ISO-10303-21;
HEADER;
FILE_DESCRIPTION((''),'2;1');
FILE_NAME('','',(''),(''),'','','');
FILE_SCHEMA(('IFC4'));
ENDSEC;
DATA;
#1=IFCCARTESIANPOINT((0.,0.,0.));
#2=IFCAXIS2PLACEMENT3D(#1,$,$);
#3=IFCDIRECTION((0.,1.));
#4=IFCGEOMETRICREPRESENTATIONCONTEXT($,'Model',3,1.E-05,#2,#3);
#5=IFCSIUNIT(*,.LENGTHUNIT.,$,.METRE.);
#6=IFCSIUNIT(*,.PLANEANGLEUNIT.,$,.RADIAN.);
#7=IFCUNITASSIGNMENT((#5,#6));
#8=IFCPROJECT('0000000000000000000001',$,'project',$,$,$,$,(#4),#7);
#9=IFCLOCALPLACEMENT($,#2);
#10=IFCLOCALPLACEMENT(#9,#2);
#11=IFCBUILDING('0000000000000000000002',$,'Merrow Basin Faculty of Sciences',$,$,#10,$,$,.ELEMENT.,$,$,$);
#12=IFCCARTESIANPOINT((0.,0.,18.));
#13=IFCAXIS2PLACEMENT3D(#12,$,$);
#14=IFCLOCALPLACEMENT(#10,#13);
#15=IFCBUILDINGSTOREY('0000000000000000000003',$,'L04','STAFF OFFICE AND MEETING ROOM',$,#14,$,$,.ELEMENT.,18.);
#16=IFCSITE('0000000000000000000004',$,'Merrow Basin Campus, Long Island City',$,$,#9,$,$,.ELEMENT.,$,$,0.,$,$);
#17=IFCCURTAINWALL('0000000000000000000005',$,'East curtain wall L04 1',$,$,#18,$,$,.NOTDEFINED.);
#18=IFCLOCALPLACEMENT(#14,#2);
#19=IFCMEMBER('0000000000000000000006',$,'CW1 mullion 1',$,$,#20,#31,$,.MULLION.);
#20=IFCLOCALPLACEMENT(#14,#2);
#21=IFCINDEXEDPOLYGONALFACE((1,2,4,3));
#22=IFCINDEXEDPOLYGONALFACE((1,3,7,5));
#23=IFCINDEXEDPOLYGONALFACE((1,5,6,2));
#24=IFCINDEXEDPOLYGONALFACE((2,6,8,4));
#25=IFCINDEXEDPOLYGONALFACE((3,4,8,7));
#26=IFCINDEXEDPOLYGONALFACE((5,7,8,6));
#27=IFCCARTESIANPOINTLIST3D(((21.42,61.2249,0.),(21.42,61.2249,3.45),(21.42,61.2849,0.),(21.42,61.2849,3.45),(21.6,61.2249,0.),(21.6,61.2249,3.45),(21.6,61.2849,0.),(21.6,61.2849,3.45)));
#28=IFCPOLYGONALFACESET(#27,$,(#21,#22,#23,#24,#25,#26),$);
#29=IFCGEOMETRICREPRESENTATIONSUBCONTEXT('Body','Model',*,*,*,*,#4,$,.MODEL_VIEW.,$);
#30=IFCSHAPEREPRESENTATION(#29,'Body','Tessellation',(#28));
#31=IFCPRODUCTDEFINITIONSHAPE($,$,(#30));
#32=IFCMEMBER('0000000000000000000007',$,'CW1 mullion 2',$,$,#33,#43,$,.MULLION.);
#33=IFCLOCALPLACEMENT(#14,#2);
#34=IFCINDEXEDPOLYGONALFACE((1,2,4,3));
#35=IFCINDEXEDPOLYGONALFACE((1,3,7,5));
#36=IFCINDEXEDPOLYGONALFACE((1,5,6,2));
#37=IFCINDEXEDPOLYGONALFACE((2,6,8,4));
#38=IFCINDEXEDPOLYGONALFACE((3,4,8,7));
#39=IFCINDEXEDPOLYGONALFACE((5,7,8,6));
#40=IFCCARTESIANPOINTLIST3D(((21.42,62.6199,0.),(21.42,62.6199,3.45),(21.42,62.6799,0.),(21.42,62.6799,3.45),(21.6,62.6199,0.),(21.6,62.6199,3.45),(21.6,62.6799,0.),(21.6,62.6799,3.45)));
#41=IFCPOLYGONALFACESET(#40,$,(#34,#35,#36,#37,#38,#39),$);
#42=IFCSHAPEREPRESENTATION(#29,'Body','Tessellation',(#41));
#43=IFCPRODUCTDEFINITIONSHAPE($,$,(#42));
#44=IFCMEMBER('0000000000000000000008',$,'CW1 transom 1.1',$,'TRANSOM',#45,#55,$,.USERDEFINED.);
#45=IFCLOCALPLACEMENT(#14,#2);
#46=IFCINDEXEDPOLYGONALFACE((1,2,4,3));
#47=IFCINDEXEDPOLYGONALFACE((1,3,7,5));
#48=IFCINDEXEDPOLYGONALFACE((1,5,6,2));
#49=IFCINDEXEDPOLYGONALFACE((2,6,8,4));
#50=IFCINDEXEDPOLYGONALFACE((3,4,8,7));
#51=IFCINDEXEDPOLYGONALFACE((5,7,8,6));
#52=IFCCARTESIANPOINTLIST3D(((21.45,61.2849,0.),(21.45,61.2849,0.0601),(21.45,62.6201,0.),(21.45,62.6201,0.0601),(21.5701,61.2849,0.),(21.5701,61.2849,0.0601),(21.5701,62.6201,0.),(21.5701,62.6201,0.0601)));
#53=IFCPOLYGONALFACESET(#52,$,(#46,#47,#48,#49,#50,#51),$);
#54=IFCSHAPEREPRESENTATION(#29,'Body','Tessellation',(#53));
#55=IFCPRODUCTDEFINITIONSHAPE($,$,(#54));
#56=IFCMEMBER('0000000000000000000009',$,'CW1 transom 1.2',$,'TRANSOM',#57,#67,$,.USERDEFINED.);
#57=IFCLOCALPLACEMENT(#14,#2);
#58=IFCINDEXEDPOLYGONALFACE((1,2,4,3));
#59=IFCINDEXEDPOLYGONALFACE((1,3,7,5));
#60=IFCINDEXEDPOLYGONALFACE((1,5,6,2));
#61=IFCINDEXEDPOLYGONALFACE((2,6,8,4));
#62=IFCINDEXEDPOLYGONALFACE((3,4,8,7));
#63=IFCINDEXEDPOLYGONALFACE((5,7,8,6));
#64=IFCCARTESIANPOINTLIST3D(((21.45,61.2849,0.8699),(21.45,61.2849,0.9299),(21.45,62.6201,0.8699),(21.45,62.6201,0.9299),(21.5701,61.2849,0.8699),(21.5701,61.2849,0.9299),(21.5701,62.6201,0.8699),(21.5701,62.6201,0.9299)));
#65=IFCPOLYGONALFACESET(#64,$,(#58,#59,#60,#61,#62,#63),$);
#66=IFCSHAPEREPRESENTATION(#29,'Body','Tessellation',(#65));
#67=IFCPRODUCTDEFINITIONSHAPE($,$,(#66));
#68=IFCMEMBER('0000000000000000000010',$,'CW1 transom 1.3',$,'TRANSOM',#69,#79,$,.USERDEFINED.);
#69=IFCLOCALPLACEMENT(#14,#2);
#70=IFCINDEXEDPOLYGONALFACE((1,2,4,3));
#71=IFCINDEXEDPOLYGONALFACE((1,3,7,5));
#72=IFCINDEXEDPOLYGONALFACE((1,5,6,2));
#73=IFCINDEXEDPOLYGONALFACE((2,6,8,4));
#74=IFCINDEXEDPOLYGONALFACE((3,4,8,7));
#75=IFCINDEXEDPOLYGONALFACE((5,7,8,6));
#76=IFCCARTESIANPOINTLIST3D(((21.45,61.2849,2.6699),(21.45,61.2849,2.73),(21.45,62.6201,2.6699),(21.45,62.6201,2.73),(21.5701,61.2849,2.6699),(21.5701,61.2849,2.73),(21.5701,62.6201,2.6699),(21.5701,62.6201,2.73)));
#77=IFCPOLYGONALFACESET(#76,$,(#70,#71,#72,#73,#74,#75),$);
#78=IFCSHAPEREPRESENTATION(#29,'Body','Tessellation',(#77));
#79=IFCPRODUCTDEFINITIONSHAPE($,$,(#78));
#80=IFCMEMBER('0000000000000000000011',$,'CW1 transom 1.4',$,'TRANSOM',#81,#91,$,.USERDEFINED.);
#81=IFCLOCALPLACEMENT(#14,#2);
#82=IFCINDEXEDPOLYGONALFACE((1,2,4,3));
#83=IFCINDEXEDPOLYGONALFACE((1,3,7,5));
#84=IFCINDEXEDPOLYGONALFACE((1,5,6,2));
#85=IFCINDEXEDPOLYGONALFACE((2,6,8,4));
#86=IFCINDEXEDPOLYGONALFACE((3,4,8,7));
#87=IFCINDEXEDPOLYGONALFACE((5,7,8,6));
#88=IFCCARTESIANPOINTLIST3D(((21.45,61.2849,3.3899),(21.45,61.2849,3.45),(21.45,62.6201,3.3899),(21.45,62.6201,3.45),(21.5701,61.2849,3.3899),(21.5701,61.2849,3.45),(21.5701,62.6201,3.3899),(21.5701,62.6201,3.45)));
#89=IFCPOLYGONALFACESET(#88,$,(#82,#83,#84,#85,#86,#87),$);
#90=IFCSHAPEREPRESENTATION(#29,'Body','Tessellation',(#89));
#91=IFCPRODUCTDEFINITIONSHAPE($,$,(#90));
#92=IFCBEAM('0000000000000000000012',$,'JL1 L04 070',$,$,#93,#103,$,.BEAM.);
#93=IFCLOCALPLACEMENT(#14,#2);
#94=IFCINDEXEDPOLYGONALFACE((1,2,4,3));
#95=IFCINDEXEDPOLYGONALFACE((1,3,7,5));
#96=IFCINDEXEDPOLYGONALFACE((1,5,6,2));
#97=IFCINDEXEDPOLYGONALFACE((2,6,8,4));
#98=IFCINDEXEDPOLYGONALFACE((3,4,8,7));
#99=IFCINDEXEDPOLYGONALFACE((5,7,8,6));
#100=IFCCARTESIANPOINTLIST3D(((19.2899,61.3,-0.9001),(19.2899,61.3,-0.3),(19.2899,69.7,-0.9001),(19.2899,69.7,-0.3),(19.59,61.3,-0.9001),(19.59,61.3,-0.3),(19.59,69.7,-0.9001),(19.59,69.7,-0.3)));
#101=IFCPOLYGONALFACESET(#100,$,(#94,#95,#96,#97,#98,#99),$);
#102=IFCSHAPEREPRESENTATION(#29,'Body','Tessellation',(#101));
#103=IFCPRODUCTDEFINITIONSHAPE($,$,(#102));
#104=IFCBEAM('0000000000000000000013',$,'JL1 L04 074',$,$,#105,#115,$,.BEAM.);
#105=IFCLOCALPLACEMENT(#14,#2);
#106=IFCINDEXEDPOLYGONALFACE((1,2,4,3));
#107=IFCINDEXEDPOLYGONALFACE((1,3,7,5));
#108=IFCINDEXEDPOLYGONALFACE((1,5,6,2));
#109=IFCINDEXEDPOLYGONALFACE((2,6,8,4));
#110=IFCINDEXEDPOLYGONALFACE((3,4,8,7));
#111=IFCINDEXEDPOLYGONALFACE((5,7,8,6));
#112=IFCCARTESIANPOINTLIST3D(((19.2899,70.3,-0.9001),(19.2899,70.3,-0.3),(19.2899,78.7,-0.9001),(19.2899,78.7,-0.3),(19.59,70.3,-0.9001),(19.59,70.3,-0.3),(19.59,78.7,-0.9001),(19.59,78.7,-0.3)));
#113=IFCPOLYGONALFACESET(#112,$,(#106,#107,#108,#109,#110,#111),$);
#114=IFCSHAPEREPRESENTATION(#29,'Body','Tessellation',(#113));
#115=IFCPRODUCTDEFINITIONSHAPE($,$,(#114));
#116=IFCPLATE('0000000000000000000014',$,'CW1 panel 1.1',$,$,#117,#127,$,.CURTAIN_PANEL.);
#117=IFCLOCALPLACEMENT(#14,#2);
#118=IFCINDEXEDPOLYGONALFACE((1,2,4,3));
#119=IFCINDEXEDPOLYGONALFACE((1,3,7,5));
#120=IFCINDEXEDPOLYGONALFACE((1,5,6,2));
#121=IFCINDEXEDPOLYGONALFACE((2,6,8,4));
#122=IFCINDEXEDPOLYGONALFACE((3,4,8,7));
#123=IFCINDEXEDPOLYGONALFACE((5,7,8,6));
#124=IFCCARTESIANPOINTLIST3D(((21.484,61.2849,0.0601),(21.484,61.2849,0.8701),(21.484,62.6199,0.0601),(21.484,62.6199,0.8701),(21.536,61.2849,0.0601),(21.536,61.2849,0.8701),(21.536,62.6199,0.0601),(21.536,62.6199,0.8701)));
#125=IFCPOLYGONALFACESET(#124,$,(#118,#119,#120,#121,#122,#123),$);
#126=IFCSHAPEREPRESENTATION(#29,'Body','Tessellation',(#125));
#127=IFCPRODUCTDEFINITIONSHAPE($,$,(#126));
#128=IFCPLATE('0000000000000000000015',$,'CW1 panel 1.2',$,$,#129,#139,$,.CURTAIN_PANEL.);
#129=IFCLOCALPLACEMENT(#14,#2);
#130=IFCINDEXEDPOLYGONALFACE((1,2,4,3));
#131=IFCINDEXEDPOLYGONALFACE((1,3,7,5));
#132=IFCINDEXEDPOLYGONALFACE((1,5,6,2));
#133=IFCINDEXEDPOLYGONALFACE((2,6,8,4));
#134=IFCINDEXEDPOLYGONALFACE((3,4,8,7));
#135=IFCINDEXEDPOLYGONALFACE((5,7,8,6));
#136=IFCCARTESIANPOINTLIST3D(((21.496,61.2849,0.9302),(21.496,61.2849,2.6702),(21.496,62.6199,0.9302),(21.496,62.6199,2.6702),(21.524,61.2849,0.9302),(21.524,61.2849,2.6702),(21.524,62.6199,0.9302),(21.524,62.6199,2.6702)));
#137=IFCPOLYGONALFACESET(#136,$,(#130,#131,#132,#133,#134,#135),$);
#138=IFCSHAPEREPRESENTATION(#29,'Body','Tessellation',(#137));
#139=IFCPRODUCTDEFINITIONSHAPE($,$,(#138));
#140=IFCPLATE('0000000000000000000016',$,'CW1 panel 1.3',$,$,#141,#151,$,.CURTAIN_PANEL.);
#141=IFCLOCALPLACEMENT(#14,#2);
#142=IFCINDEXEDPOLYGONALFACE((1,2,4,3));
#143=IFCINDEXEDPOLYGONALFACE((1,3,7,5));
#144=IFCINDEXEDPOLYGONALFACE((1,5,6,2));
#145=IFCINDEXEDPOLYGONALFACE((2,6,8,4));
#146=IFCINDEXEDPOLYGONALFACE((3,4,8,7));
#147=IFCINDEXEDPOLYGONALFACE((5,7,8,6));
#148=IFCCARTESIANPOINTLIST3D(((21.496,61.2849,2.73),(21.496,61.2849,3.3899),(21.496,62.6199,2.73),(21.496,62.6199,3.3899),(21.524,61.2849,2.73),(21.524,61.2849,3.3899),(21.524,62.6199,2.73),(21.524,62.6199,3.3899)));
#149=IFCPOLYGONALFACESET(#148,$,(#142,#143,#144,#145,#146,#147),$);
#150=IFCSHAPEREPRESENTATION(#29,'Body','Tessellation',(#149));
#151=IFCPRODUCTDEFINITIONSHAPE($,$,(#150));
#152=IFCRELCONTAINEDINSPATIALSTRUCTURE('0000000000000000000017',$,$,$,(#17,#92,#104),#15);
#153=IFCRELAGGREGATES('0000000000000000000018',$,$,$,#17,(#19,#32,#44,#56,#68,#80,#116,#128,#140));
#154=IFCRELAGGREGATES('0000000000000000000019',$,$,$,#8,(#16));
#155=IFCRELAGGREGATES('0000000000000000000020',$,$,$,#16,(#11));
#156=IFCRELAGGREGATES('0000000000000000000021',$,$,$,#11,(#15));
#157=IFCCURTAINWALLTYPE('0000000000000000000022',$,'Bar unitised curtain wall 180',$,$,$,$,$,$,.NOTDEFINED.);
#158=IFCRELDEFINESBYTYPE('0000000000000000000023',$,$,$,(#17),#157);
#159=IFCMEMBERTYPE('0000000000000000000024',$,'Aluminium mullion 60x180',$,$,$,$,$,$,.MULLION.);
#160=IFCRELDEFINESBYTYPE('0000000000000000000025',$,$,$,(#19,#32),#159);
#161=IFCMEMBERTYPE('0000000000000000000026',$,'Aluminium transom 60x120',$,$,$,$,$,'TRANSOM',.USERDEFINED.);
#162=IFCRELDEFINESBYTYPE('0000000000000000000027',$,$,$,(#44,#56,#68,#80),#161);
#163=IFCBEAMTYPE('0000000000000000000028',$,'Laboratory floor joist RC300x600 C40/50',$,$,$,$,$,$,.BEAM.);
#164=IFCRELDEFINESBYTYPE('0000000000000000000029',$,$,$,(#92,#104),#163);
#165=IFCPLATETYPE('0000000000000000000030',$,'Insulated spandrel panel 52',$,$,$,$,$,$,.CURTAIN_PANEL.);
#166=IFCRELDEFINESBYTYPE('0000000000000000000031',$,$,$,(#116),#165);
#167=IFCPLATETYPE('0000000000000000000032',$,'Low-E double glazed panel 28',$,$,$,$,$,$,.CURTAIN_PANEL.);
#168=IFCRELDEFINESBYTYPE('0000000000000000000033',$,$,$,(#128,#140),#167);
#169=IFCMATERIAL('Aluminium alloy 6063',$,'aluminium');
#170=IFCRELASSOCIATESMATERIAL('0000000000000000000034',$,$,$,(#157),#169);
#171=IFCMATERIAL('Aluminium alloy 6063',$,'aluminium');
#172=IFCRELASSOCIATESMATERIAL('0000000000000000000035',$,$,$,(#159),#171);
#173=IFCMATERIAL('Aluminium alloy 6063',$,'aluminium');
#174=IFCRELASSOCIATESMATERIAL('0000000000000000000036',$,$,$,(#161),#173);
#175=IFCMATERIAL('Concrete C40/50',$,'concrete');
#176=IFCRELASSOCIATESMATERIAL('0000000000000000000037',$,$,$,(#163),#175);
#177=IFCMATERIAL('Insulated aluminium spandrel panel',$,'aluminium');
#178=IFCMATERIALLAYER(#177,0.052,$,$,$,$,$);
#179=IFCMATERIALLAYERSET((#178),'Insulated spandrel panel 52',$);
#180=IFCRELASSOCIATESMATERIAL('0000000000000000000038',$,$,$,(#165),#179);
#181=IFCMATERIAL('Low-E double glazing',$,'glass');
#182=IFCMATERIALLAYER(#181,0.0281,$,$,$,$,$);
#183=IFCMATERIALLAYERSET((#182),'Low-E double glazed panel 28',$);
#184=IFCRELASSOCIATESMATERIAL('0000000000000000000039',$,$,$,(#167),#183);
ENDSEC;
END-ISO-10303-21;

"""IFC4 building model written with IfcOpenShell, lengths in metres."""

from ifc_helpers import new_model, si_unit, direction, frame, origin, origin_2d, place, context, subcontext, project, spatial, rectangle, extrude, material, layer, layer_set, material_profile, profile_set, type_object, element, aggregate, save


model = new_model("IFC4")

# Units and contexts
model_context = context("Model", 3, precision=1e-05, world=origin(), true_north=direction((0.0, 1.0)))
body_context = subcontext(model_context, "Body", "Model", "MODEL_VIEW")
ifc_project = project(units=[si_unit("LENGTHUNIT", "METRE"), si_unit("PLANEANGLEUNIT", "RADIAN")], contexts=[model_context])

# Site, building, storey
site_placement = place(None, origin())
site = spatial("IfcSite", under=ifc_project, at=site_placement, Name="Merrow Basin Campus, Long Island City", CompositionType="ELEMENT", RefElevation=0.0)
building_placement = place(site_placement, origin())
building = spatial("IfcBuilding", under=site, at=building_placement, Name="Merrow Basin Faculty of Sciences", CompositionType="ELEMENT")
storey_placement = place(building_placement, frame((0.0, 0.0, 18.0)))
storey = spatial("IfcBuildingStorey", under=building, at=storey_placement, Name="L04", Description="STAFF OFFICE AND MEETING ROOM", CompositionType="ELEMENT", Elevation=18.0)

# Curtain wall, members
ifc_material_1 = material(Name="Aluminium alloy 6063", Category="aluminium")
curtain_wall_type = type_object("IfcCurtainWallType", Name="Bar unitised curtain wall 180", PredefinedType="NOTDEFINED", material=ifc_material_1)
curtain_wall_placement = place(storey_placement, origin())
curtain_wall = element("IfcCurtainWall", 1, at=curtain_wall_placement, inside=storey, type_object=curtain_wall_type, Name="East curtain wall L04 1", PredefinedType="NOTDEFINED")
ifc_material_2 = material(Name="Aluminium alloy 6063", Category="aluminium")
ifc_material_profile_1 = material_profile(ifc_material_2, rectangle(XDim=0.1799, YDim=0.0601, at=origin_2d()))
ifc_profile_set_1 = profile_set([ifc_material_profile_1], Name="Aluminium alloy 6063")
member_type_1 = type_object("IfcMemberType", Name="Aluminium mullion 60x180", PredefinedType="MULLION", material=ifc_profile_set_1)
member_1_placement = place(storey_placement, frame((21.51, 61.2549, 0.0), z_axis=(0.0, 0.0, 1.0), x_axis=(-1.0, 0.0, 0.0)))
member_1 = element("IfcMember", 2, at=member_1_placement, type_object=member_type_1, Name="CW1 mullion 1", PredefinedType="MULLION", context=body_context, shape_type="SweptSolid", body=[
    extrude(rectangle(XDim=0.1799, YDim=0.0601, at=origin_2d()), origin(), (0.0, 0.0, 1.0), 3.45),
])
member_2_placement = place(storey_placement, frame((21.51, 62.6499, 0.0), z_axis=(0.0, 0.0, 1.0), x_axis=(-1.0, 0.0, 0.0)))
member_2 = element("IfcMember", 3, at=member_2_placement, type_object=member_type_1, Name="CW1 mullion 2", PredefinedType="MULLION", context=body_context, shape_type="SweptSolid", body=[
    extrude(rectangle(XDim=0.1799, YDim=0.0601, at=origin_2d()), origin(), (0.0, 0.0, 1.0), 3.45),
])
ifc_material_3 = material(Name="Aluminium alloy 6063", Category="aluminium")
ifc_material_profile_2 = material_profile(ifc_material_3, rectangle(XDim=0.1201, YDim=0.0601, at=origin_2d()))
ifc_profile_set_2 = profile_set([ifc_material_profile_2], Name="Aluminium alloy 6063")
member_type_2 = type_object("IfcMemberType", Name="Aluminium transom 60x120", ElementType="TRANSOM", PredefinedType="USERDEFINED", material=ifc_profile_set_2)
member_3_placement = place(storey_placement, frame((21.51, 61.2849, 0.03), z_axis=(0.0, 1.0, 0.0), x_axis=(-1.0, 0.0, 0.0)))
member_3 = element("IfcMember", 4, at=member_3_placement, type_object=member_type_2, Name="CW1 transom 1.1", ObjectType="TRANSOM", PredefinedType="USERDEFINED", context=body_context, shape_type="SweptSolid", body=[
    extrude(rectangle(XDim=0.1201, YDim=0.0601, at=origin_2d()), origin(), (0.0, 0.0, 1.0), 1.3352),
])
member_4_placement = place(storey_placement, frame((21.51, 61.2849, 0.8999), z_axis=(0.0, 1.0, 0.0), x_axis=(-1.0, 0.0, 0.0)))
member_4 = element("IfcMember", 5, at=member_4_placement, type_object=member_type_2, Name="CW1 transom 1.2", ObjectType="TRANSOM", PredefinedType="USERDEFINED", context=body_context, shape_type="SweptSolid", body=[
    extrude(rectangle(XDim=0.1201, YDim=0.0601, at=origin_2d()), origin(), (0.0, 0.0, 1.0), 1.3352),
])
member_5_placement = place(storey_placement, frame((21.51, 61.2849, 2.7), z_axis=(0.0, 1.0, 0.0), x_axis=(-1.0, 0.0, 0.0)))
member_5 = element("IfcMember", 6, at=member_5_placement, type_object=member_type_2, Name="CW1 transom 1.3", ObjectType="TRANSOM", PredefinedType="USERDEFINED", context=body_context, shape_type="SweptSolid", body=[
    extrude(rectangle(XDim=0.1201, YDim=0.0601, at=origin_2d()), origin(), (0.0, 0.0, 1.0), 1.3352),
])
member_6_placement = place(storey_placement, frame((21.51, 61.2849, 3.4199), z_axis=(0.0, 1.0, 0.0), x_axis=(-1.0, 0.0, 0.0)))
member_6 = element("IfcMember", 7, at=member_6_placement, type_object=member_type_2, Name="CW1 transom 1.4", ObjectType="TRANSOM", PredefinedType="USERDEFINED", context=body_context, shape_type="SweptSolid", body=[
    extrude(rectangle(XDim=0.1201, YDim=0.0601, at=origin_2d()), origin(), (0.0, 0.0, 1.0), 1.3352),
])

# Beams
ifc_material_4 = material(Name="Concrete C40/50", Category="concrete")
ifc_material_profile_3 = material_profile(ifc_material_4, rectangle(XDim=0.3, YDim=0.6001, at=origin_2d()))
ifc_profile_set_3 = profile_set([ifc_material_profile_3], Name="Concrete C40/50")
beam_type = type_object("IfcBeamType", Name="Laboratory floor joist RC300x600 C40/50", PredefinedType="BEAM", material=ifc_profile_set_3)
for number, where, z_axis, x_axis, name in (
    (8, (19.4399, 61.3, -0.6001), (0.0, 1.0, 0.0), (-1.0, 0.0, 0.0), "JL1 L04 070"),
    (9, (19.4399, 70.3, -0.6001), (0.0, 1.0, 0.0), (-1.0, 0.0, 0.0), "JL1 L04 074"),
):
    element("IfcBeam", number, at=place(storey_placement, frame(where, z_axis=z_axis, x_axis=x_axis)), inside=storey, type_object=beam_type, Name=name, PredefinedType="BEAM", context=body_context, shape_type="SweptSolid", body=[
        extrude(rectangle(XDim=0.3, YDim=0.6001, at=origin_2d()), origin(), (0.0, 0.0, 1.0), 8.3999),
    ])

# Plates
ifc_material_5 = material(Name="Insulated aluminium spandrel panel", Category="aluminium")
ifc_layer_1 = layer(ifc_material_5, 0.052)
ifc_layer_set_1 = layer_set([ifc_layer_1], Name="Insulated spandrel panel 52")
plate_type_1 = type_object("IfcPlateType", Name="Insulated spandrel panel 52", PredefinedType="CURTAIN_PANEL", material=ifc_layer_set_1)
plate_1_placement = place(storey_placement, frame((21.51, 61.9524, 0.0601), z_axis=(0.0, 0.0, 1.0), x_axis=(0.0, 1.0, 0.0)))
plate_1 = element("IfcPlate", 10, at=plate_1_placement, type_object=plate_type_1, Name="CW1 panel 1.1", PredefinedType="CURTAIN_PANEL", context=body_context, shape_type="SweptSolid", body=[
    extrude(rectangle(XDim=1.335, YDim=0.052, at=origin_2d()), origin(), (0.0, 0.0, 1.0), 0.8101),
])
ifc_material_6 = material(Name="Low-E double glazing", Category="glass")
ifc_layer_2 = layer(ifc_material_6, 0.0281)
ifc_layer_set_2 = layer_set([ifc_layer_2], Name="Low-E double glazed panel 28")
plate_type_2 = type_object("IfcPlateType", Name="Low-E double glazed panel 28", PredefinedType="CURTAIN_PANEL", material=ifc_layer_set_2)
plate_2_placement = place(storey_placement, frame((21.51, 61.9524, 0.9302), z_axis=(0.0, 0.0, 1.0), x_axis=(0.0, 1.0, 0.0)))
plate_2 = element("IfcPlate", 11, at=plate_2_placement, type_object=plate_type_2, Name="CW1 panel 1.2", PredefinedType="CURTAIN_PANEL", context=body_context, shape_type="SweptSolid", body=[
    extrude(rectangle(XDim=1.335, YDim=0.0281, at=origin_2d()), origin(), (0.0, 0.0, 1.0), 1.74),
])
plate_3_placement = place(storey_placement, frame((21.51, 61.9524, 2.73), z_axis=(0.0, 0.0, 1.0), x_axis=(0.0, 1.0, 0.0)))
plate_3 = element("IfcPlate", 12, at=plate_3_placement, type_object=plate_type_2, Name="CW1 panel 1.3", PredefinedType="CURTAIN_PANEL", context=body_context, shape_type="SweptSolid", body=[
    extrude(rectangle(XDim=1.335, YDim=0.0281, at=origin_2d()), origin(), (0.0, 0.0, 1.0), 0.6599),
])
aggregate(curtain_wall, [member_1, member_2, member_3, member_4, member_5, member_6, plate_1, plate_2, plate_3])

save(model, "model.ifc")
